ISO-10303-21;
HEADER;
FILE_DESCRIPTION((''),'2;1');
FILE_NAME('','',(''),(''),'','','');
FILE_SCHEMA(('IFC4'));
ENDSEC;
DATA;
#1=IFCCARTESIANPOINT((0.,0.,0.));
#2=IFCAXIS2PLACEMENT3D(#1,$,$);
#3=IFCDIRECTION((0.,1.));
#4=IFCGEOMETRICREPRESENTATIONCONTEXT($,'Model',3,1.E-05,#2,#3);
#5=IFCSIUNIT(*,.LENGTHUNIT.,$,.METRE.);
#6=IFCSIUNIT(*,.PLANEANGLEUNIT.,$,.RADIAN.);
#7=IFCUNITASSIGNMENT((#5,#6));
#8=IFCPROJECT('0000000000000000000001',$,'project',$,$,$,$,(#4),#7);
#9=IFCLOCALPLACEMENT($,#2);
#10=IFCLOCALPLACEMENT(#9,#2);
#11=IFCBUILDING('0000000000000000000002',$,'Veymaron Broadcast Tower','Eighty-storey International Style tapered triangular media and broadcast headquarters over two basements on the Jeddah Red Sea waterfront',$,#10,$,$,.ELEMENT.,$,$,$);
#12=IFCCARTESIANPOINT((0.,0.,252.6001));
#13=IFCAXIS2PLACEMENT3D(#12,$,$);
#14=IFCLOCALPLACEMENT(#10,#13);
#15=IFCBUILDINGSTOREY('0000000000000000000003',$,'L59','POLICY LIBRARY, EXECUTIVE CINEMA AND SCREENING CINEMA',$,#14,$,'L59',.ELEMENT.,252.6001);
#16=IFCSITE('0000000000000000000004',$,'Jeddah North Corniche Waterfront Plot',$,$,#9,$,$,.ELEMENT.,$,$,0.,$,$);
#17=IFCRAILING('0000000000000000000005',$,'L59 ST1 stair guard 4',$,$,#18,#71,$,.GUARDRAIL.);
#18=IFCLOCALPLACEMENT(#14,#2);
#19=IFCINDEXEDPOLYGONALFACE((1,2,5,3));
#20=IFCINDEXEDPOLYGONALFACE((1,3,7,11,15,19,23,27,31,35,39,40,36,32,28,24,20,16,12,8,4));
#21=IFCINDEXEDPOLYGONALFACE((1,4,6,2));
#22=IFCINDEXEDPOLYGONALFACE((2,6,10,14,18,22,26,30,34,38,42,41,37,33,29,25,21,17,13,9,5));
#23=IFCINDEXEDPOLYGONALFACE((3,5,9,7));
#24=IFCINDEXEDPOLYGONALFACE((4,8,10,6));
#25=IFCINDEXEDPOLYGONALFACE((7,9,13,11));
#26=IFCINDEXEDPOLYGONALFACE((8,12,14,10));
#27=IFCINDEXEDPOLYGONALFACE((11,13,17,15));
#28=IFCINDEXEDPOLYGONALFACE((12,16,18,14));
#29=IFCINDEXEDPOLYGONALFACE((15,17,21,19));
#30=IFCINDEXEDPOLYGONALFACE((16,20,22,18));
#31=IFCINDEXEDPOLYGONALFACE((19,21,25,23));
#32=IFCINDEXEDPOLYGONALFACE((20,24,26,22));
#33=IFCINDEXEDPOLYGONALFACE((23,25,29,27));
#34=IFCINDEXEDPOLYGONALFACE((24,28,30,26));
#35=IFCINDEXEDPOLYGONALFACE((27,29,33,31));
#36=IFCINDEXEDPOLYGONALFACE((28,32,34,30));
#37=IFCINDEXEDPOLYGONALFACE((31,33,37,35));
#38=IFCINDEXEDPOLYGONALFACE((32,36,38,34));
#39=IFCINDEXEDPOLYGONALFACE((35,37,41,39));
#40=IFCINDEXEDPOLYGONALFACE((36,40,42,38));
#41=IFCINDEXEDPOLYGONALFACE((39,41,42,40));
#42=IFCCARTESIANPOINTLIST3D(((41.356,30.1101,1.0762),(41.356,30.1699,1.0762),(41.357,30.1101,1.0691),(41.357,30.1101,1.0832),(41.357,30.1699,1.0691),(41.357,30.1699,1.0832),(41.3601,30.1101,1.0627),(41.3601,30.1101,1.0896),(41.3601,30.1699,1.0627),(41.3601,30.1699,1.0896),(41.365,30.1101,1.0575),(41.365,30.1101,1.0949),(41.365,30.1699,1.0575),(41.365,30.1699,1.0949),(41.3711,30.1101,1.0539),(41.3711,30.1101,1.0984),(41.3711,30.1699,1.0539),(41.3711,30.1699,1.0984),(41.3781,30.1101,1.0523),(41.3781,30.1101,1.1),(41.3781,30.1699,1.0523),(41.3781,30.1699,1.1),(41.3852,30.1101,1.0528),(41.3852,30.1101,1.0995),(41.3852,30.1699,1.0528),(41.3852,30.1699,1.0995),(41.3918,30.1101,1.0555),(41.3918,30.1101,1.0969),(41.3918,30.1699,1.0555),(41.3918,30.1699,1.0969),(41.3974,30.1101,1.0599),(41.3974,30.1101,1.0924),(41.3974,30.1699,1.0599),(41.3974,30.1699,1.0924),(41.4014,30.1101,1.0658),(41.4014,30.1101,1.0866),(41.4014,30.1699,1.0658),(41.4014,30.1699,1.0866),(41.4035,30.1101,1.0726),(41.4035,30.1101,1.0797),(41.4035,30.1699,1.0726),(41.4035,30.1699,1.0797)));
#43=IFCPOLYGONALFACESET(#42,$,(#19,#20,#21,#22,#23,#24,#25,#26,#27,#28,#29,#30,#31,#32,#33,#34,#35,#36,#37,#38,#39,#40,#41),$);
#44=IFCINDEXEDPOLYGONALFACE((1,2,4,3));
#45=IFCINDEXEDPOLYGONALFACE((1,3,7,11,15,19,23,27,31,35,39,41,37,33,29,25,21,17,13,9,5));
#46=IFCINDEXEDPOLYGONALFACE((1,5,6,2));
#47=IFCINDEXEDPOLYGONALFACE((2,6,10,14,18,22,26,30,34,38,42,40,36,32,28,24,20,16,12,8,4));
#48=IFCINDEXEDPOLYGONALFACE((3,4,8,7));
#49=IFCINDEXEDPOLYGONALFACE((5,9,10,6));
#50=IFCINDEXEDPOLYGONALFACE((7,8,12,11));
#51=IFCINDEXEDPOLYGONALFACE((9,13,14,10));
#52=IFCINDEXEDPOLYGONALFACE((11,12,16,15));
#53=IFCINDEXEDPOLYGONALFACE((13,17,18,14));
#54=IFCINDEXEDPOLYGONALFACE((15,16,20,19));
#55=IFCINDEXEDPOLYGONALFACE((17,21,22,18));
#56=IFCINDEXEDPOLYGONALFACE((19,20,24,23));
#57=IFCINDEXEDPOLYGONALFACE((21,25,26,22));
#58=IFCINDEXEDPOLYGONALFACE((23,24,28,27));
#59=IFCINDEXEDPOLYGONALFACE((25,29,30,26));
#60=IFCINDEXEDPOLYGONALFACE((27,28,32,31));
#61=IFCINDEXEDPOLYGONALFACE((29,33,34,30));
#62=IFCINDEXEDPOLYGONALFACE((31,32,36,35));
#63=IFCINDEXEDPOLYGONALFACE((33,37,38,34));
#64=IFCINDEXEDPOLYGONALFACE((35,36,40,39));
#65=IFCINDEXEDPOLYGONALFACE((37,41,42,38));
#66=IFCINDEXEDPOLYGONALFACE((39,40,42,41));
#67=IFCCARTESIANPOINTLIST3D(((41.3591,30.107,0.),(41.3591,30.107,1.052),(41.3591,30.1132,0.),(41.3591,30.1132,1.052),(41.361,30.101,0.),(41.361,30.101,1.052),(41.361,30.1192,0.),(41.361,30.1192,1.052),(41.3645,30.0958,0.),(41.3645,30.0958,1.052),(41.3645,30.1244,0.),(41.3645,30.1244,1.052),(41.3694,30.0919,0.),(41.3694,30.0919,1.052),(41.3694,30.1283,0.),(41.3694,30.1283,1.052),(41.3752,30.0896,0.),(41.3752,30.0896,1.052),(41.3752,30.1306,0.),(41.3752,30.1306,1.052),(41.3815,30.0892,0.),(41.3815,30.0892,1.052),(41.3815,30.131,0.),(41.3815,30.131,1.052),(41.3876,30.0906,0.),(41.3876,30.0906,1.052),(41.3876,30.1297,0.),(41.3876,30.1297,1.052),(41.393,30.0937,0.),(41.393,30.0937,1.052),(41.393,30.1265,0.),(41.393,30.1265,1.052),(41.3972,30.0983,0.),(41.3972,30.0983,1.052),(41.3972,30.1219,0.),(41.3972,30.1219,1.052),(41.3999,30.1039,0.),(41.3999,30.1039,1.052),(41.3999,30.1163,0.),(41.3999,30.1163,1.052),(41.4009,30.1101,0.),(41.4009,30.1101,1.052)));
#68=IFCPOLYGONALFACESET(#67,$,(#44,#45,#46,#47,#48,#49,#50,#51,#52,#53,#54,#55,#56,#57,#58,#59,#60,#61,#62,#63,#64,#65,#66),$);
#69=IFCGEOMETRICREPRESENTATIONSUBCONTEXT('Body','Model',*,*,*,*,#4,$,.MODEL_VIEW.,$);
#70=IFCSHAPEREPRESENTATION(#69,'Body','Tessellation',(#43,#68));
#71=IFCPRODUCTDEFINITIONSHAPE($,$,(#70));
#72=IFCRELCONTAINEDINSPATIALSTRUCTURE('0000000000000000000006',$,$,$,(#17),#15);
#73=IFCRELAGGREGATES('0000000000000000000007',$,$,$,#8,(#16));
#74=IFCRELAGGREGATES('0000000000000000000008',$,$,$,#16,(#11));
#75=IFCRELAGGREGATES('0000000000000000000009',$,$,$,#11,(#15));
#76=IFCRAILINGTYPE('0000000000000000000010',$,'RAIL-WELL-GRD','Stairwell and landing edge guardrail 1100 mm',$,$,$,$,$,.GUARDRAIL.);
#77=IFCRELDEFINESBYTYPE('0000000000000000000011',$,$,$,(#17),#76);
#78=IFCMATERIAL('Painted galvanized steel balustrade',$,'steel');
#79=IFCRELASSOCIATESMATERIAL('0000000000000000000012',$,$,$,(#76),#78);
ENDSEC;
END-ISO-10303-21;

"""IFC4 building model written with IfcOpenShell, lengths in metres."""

from ifc_helpers import new_model, si_unit, direction, frame, origin, origin_2d, place, context, subcontext, project, spatial, circle, extrude, material, type_object, element, save


model = new_model("IFC4")

# Units and contexts
model_context = context("Model", 3, precision=1e-05, world=origin(), true_north=direction((0.0, 1.0)))
body_context = subcontext(model_context, "Body", "Model", "MODEL_VIEW")
ifc_project = project(units=[si_unit("LENGTHUNIT", "METRE"), si_unit("PLANEANGLEUNIT", "RADIAN")], contexts=[model_context])

# Site, building, storey
site_placement = place(None, origin())
site = spatial("IfcSite", under=ifc_project, at=site_placement, Name="Jeddah North Corniche Waterfront Plot", CompositionType="ELEMENT", RefElevation=0.0)
building_placement = place(site_placement, origin())
building = spatial("IfcBuilding", under=site, at=building_placement, Name="Veymaron Broadcast Tower", Description="Eighty-storey International Style tapered triangular media and broadcast headquarters over two basements on the Jeddah Red Sea waterfront", CompositionType="ELEMENT")
storey_placement = place(building_placement, frame((0.0, 0.0, 252.6001)))
storey = spatial("IfcBuildingStorey", under=building, at=storey_placement, Name="L59", Description="POLICY LIBRARY, EXECUTIVE CINEMA AND SCREENING CINEMA", LongName="L59", CompositionType="ELEMENT", Elevation=252.6001)

# Railing
ifc_material_1 = material(Name="Painted galvanized steel balustrade", Category="steel")
railing_type_1 = type_object("IfcRailingType", Name="RAIL-WELL-GRD", Description="Stairwell and landing edge guardrail 1100 mm", PredefinedType="GUARDRAIL", material=ifc_material_1)
railing_1_placement = place(storey_placement, frame((41.3799, 30.1101, 0.0)))
element("IfcRailing", 1, at=railing_1_placement, inside=storey, type_object=railing_type_1, Name="L59 ST1 stair guard 4", PredefinedType="GUARDRAIL", context=body_context, shape_type="SweptSolid", body=[
    extrude(circle(Radius=0.0239, at=origin_2d()), frame((0.0, 0.0, 1.0762), z_axis=(0.0, 1.0, 0.0), x_axis=(-1.0, 0.0, 0.0)), (0.0, 0.0, 1.0), 0.0598),
    extrude(circle(Radius=0.021, at=origin_2d()), origin(), (0.0, 0.0, 1.0), 1.052),
])

save(model, "model.ifc")
